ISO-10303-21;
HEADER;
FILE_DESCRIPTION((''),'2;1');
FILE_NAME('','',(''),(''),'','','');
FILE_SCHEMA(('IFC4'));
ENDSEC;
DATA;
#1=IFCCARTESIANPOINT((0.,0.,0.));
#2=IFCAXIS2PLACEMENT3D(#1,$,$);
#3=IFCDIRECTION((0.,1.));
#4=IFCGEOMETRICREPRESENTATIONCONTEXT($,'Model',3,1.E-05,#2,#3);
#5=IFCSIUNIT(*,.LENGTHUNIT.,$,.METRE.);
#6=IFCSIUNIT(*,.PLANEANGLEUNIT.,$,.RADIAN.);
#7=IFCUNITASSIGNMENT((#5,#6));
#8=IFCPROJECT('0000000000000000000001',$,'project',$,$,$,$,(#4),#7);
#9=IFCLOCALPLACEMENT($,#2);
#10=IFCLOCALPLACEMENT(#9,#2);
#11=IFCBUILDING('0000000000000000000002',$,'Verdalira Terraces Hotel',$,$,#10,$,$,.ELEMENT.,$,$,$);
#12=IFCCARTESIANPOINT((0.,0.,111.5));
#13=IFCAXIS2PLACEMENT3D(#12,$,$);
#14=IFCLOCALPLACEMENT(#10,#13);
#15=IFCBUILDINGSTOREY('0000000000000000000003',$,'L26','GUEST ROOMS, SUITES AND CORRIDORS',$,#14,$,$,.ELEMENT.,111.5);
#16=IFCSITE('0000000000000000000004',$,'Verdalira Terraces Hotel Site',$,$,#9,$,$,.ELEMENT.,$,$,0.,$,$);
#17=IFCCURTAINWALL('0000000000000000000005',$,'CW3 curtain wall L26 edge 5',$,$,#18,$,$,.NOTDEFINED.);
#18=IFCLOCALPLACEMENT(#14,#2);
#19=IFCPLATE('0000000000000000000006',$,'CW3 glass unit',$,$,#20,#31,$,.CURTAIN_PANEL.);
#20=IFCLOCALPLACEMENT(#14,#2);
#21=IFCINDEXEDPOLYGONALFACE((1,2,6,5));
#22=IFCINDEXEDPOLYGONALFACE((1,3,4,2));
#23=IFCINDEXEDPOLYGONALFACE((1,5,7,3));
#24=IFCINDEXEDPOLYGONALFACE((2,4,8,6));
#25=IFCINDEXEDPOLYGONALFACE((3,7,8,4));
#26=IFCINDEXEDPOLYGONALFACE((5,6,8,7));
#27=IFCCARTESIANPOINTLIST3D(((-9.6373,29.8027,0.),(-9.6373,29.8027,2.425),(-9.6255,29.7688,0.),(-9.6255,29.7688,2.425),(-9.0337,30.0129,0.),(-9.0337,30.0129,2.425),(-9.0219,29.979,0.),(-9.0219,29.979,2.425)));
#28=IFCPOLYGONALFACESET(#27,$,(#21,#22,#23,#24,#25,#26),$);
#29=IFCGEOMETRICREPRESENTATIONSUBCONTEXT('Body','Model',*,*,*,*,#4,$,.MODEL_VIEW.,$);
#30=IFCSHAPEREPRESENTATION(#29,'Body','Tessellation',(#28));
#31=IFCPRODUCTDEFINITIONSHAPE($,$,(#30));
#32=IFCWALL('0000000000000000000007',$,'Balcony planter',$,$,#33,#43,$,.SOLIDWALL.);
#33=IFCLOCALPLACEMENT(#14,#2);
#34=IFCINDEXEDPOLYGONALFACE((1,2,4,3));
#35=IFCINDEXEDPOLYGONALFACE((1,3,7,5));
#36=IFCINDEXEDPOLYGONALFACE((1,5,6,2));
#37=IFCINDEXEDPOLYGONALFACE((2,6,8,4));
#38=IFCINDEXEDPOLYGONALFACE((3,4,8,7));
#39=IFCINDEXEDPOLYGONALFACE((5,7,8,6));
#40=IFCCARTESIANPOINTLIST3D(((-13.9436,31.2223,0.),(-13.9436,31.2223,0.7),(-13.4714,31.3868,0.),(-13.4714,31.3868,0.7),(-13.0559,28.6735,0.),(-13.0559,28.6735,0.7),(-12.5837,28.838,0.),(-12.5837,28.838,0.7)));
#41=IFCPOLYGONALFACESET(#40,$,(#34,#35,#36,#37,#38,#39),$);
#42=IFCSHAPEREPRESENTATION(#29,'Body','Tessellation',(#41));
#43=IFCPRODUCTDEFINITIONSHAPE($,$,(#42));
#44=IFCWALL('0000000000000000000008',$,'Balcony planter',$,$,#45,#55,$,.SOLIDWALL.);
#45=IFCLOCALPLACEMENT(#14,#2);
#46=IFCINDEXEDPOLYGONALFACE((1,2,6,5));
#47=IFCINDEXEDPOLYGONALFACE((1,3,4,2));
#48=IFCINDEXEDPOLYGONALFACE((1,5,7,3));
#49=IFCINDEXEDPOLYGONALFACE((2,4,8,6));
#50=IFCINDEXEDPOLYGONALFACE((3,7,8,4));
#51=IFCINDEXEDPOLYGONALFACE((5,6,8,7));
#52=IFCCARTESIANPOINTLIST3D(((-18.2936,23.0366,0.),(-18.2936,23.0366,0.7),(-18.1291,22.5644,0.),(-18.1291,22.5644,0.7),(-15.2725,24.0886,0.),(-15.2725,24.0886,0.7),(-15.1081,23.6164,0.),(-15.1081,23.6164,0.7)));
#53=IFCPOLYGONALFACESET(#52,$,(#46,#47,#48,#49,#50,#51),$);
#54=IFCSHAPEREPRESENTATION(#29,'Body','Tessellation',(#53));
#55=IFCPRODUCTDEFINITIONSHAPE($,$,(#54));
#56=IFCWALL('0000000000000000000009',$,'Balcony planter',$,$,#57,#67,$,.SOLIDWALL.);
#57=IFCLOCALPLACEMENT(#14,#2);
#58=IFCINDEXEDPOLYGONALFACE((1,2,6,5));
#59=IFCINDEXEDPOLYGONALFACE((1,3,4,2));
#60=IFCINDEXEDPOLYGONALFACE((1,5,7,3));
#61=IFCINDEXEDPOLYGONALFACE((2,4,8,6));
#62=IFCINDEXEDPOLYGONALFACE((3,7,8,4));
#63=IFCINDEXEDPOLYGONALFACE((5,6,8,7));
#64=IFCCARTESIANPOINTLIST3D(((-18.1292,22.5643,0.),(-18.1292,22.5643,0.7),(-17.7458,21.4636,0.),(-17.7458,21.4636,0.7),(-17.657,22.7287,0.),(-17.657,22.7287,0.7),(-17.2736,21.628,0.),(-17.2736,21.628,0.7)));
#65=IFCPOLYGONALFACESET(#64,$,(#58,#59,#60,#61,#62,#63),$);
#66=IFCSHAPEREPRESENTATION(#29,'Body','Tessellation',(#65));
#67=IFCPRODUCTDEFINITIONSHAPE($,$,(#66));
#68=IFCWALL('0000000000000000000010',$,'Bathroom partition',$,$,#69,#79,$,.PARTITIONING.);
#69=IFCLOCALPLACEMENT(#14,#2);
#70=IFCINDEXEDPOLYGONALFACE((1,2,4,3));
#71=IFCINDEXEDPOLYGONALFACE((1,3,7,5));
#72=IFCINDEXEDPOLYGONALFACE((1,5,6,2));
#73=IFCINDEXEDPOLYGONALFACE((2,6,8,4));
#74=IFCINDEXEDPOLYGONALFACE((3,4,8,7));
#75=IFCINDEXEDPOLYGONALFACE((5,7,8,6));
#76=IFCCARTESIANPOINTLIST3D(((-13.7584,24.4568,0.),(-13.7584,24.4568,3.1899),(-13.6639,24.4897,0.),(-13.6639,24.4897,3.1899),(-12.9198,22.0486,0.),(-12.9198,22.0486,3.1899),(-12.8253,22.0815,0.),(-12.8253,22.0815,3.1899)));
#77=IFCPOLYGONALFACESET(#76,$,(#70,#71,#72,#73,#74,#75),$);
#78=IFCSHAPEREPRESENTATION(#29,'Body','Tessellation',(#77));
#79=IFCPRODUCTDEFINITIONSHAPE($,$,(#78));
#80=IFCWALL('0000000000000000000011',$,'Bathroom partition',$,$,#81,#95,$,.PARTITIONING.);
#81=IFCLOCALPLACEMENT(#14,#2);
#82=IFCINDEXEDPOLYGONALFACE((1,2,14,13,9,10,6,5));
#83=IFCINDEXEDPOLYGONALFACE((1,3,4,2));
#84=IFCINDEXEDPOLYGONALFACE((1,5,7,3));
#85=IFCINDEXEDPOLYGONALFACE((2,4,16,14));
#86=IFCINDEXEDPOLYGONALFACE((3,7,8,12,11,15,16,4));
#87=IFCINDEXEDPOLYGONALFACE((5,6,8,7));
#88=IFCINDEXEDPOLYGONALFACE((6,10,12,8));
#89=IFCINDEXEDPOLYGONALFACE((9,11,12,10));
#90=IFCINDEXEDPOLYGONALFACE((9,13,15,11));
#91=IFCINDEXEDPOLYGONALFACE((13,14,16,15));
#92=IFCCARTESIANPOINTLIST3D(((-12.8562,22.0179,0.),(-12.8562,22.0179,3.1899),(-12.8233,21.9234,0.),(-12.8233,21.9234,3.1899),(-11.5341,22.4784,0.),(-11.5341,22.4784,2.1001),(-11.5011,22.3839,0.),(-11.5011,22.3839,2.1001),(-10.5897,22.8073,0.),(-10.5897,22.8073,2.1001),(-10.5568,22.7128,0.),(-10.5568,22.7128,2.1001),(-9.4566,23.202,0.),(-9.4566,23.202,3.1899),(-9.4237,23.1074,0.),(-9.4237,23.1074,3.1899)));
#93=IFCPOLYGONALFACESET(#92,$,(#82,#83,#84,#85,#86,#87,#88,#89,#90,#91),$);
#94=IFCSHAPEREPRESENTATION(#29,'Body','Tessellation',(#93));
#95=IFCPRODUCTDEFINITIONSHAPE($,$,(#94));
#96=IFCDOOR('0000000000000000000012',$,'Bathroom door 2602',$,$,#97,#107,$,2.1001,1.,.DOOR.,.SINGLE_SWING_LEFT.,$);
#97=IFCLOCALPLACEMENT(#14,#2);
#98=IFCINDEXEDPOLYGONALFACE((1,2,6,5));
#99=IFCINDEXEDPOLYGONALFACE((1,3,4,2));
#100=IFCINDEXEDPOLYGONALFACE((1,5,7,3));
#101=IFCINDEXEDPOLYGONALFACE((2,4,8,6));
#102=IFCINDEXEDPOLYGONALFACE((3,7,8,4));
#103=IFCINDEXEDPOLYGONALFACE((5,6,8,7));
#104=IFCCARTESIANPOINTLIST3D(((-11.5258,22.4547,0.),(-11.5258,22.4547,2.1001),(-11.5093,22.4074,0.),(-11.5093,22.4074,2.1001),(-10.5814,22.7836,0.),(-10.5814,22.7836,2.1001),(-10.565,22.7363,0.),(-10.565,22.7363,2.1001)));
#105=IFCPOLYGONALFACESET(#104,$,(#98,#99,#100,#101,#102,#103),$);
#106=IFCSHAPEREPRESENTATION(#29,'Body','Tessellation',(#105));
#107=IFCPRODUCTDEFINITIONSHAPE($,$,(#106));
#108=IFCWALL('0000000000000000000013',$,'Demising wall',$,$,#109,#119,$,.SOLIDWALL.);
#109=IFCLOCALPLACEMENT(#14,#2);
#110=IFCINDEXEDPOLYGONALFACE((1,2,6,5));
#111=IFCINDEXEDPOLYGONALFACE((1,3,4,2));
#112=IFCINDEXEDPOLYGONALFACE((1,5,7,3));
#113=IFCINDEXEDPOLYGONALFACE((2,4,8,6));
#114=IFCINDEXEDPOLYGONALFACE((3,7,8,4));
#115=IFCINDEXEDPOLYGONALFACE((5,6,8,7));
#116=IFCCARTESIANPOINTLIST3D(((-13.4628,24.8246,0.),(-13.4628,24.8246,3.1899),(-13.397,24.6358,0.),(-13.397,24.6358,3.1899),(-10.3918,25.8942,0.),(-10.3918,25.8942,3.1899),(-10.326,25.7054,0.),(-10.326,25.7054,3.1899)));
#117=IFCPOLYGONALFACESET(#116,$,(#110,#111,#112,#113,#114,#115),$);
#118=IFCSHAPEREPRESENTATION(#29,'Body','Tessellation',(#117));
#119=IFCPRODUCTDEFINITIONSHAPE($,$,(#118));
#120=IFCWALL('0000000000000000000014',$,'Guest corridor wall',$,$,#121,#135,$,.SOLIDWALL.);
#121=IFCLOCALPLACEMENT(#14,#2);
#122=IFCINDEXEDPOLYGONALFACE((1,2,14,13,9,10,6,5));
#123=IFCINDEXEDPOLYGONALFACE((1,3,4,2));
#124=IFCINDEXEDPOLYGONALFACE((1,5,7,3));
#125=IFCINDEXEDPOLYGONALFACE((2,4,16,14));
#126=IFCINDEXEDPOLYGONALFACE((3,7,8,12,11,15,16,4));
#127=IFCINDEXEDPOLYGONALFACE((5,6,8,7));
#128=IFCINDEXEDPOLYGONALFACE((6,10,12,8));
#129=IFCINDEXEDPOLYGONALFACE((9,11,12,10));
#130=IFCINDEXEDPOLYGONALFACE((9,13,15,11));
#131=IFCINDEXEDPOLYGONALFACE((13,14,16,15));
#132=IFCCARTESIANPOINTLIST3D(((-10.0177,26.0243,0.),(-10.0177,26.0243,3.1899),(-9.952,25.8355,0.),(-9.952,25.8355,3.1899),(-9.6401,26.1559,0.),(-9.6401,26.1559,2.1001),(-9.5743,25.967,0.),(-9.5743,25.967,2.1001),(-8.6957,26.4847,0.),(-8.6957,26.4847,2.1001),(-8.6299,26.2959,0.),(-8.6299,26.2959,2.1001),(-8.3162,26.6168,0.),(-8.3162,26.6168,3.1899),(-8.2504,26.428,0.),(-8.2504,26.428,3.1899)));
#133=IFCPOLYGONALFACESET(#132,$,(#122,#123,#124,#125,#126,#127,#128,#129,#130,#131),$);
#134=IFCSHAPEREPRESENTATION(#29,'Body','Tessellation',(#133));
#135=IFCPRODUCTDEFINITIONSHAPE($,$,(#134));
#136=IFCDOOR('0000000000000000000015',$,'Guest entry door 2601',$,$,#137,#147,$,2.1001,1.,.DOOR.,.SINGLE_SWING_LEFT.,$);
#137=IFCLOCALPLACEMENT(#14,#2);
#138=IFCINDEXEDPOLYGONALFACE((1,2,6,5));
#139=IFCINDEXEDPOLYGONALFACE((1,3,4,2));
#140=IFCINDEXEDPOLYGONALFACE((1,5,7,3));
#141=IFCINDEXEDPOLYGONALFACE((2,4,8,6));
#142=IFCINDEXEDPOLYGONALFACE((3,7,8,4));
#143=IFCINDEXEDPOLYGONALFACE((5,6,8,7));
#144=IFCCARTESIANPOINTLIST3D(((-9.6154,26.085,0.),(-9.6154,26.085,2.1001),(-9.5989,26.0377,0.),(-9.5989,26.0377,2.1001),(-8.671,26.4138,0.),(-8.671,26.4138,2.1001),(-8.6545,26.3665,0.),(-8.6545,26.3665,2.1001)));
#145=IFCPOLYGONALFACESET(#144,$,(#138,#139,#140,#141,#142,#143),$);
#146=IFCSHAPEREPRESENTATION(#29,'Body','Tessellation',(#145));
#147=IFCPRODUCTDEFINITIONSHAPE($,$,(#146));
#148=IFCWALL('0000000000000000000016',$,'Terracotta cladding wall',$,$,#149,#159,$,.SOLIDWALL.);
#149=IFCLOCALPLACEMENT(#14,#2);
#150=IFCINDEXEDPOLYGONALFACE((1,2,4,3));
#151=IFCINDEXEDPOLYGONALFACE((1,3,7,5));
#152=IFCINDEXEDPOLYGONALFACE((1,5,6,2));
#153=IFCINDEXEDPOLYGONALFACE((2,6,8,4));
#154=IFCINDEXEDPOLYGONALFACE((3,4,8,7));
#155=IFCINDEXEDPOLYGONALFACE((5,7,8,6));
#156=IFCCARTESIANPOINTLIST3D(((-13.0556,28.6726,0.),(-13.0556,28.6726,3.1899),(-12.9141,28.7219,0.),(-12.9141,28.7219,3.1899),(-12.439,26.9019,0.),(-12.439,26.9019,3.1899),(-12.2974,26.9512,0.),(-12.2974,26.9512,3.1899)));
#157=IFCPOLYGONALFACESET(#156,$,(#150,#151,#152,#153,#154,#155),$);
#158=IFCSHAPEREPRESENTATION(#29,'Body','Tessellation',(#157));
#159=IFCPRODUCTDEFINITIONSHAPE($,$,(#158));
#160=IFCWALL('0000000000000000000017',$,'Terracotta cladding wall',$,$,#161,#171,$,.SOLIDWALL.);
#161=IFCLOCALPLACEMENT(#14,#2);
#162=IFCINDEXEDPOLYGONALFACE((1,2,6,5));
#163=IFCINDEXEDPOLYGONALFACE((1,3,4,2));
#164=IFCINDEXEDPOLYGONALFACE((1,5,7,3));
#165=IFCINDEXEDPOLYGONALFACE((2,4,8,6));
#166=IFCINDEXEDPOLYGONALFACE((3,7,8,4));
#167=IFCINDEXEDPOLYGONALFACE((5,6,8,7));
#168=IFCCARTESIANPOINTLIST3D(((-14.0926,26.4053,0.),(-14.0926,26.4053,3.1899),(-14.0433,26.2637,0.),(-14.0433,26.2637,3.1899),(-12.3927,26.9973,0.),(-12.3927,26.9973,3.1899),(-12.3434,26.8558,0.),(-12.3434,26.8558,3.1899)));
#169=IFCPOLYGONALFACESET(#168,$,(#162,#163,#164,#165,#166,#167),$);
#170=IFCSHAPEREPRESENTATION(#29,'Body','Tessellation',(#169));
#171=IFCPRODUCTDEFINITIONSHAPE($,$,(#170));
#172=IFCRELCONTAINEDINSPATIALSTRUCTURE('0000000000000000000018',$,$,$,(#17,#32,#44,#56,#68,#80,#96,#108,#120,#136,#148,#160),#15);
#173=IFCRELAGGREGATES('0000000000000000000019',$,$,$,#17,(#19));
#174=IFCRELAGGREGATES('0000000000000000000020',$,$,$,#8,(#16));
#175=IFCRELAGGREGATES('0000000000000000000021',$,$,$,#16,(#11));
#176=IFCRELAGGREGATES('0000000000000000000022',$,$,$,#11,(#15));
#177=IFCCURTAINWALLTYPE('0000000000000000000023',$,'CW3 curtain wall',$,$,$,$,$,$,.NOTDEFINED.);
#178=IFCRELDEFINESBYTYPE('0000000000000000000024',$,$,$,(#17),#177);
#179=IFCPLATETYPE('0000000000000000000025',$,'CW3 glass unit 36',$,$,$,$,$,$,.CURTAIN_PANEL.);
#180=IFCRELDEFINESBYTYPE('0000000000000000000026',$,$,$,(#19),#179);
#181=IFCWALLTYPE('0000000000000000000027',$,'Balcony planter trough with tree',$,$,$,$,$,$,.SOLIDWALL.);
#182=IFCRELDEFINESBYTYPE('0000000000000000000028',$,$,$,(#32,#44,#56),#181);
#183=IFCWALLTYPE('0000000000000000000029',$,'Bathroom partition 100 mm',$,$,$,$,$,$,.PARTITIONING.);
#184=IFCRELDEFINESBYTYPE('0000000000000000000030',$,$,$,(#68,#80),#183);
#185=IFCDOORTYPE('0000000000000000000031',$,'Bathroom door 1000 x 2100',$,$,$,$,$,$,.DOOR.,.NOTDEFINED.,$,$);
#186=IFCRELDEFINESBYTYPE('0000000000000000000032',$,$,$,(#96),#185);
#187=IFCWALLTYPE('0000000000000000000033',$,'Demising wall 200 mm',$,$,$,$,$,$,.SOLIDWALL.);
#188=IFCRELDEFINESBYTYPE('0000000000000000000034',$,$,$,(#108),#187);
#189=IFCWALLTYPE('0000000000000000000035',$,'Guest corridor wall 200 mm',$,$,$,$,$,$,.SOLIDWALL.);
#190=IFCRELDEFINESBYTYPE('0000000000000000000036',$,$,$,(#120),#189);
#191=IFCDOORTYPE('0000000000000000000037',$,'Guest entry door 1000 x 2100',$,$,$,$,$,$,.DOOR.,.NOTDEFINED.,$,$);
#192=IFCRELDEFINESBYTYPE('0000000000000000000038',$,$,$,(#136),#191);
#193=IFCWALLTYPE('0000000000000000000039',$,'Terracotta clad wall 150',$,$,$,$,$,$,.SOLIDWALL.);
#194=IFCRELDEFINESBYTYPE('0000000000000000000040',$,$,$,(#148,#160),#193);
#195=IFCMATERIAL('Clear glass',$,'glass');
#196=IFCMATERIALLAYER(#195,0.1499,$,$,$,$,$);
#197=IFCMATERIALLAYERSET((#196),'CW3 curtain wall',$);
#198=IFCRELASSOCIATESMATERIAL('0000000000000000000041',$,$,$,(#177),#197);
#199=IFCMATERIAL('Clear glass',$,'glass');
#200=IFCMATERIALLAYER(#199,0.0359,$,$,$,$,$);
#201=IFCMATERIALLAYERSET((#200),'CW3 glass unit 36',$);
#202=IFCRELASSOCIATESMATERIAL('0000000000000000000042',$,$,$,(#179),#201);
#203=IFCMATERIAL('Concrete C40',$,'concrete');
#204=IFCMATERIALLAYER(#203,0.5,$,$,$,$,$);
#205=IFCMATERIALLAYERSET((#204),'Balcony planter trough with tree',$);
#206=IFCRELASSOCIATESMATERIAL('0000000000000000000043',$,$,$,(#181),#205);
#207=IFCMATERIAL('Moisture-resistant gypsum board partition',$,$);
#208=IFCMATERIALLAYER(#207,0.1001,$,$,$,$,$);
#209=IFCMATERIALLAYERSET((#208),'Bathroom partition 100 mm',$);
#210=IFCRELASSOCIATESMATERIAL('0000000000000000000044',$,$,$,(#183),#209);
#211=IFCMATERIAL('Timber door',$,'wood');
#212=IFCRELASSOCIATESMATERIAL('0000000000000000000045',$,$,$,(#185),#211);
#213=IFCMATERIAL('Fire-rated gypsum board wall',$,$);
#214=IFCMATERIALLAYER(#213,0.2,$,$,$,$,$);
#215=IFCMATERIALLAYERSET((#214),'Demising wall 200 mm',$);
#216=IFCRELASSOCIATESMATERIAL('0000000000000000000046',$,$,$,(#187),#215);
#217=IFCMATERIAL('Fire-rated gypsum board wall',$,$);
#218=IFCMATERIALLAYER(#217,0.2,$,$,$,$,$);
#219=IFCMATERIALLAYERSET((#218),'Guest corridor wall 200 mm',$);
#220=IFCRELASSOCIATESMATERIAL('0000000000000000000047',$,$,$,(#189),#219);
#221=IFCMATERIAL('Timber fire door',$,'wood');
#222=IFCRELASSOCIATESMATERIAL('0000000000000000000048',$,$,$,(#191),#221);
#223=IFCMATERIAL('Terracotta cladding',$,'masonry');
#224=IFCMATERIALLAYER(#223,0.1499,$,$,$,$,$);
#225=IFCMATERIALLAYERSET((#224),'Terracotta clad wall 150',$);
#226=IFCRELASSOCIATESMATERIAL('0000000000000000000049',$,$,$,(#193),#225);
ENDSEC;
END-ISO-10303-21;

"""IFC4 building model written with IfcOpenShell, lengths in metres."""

from ifc_helpers import new_model, si_unit, direction, frame, frame_2d, origin, origin_2d, place, context, subcontext, project, spatial, rectangle, extrude, material, layer, layer_set, type_object, element, fill, aggregate, save


model = new_model("IFC4")

# Units and contexts
model_context = context("Model", 3, precision=1e-05, world=origin(), true_north=direction((0.0, 1.0)))
body_context = subcontext(model_context, "Body", "Model", "MODEL_VIEW")
ifc_project = project(units=[si_unit("LENGTHUNIT", "METRE"), si_unit("PLANEANGLEUNIT", "RADIAN")], contexts=[model_context])

# Site, building, storey
site_placement = place(None, origin())
site = spatial("IfcSite", under=ifc_project, at=site_placement, Name="Verdalira Terraces Hotel Site", CompositionType="ELEMENT", RefElevation=0.0)
building_placement = place(site_placement, origin())
building = spatial("IfcBuilding", under=site, at=building_placement, Name="Verdalira Terraces Hotel", CompositionType="ELEMENT")
storey_placement = place(building_placement, frame((0.0, 0.0, 111.5)))
storey = spatial("IfcBuildingStorey", under=building, at=storey_placement, Name="L26", Description="GUEST ROOMS, SUITES AND CORRIDORS", CompositionType="ELEMENT", Elevation=111.5)

# Curtain wall
ifc_material_1 = material(Name="Clear glass", Category="glass")
ifc_layer_1 = layer(ifc_material_1, 0.1499)
ifc_layer_set_1 = layer_set([ifc_layer_1], Name="CW3 curtain wall")
curtain_wall_type_1 = type_object("IfcCurtainWallType", Name="CW3 curtain wall", PredefinedType="NOTDEFINED", material=ifc_layer_set_1)
curtain_wall_1_placement = place(storey_placement, origin())
curtain_wall_1 = element("IfcCurtainWall", 1, at=curtain_wall_1_placement, inside=storey, type_object=curtain_wall_type_1, Name="CW3 curtain wall L26 edge 5", PredefinedType="NOTDEFINED")

# Plate
ifc_material_2 = material(Name="Clear glass", Category="glass")
ifc_layer_2 = layer(ifc_material_2, 0.0359)
ifc_layer_set_2 = layer_set([ifc_layer_2], Name="CW3 glass unit 36")
plate_type_1 = type_object("IfcPlateType", Name="CW3 glass unit 36", PredefinedType="CURTAIN_PANEL", material=ifc_layer_set_2)
plate_1_placement = place(storey_placement, frame((-9.3296, 29.8909, 0.0), z_axis=(0.0, 0.0, 1.0), x_axis=(-0.944376, -0.328867, 0.0)))
plate_1 = element("IfcPlate", 2, at=plate_1_placement, type_object=plate_type_1, Name="CW3 glass unit", PredefinedType="CURTAIN_PANEL", context=body_context, shape_type="SweptSolid", body=[
    extrude(rectangle(XDim=0.6392, YDim=0.0359, at=origin_2d()), origin(), (0.0, 0.0, 1.0), 2.425),
])
aggregate(curtain_wall_1, [plate_1])

# Walls
ifc_material_3 = material(Name="Concrete C40", Category="concrete")
ifc_layer_3 = layer(ifc_material_3, 0.5)
ifc_layer_set_3 = layer_set([ifc_layer_3], Name="Balcony planter trough with tree")
wall_type_1 = type_object("IfcWallType", Name="Balcony planter trough with tree", PredefinedType="SOLIDWALL", material=ifc_layer_set_3)
wall_1_placement = place(storey_placement, frame((-13.7075, 31.3047, 0.0), z_axis=(0.0, 0.0, 1.0), x_axis=(0.3289, -0.944365, 0.0)))
element("IfcWall", 3, at=wall_1_placement, inside=storey, type_object=wall_type_1, Name="Balcony planter", PredefinedType="SOLIDWALL", context=body_context, shape_type="SweptSolid", body=[
    extrude(rectangle(XDim=2.699, YDim=0.5, at=frame_2d((1.3496, 0.0))), origin(), (0.0, 0.0, 1.0), 0.7),
])
wall_2_placement = place(storey_placement, frame((-15.1902, 23.8525, 0.0), z_axis=(0.0, 0.0, 1.0), x_axis=(-0.944378, -0.328861, 0.0)))
element("IfcWall", 4, at=wall_2_placement, inside=storey, type_object=wall_type_1, Name="Balcony planter", PredefinedType="SOLIDWALL", context=body_context, shape_type="SweptSolid", body=[
    extrude(rectangle(XDim=3.199, YDim=0.5, at=frame_2d((1.5996, 0.0))), origin(), (0.0, 0.0, 1.0), 0.7),
])
wall_3_placement = place(storey_placement, frame((-17.8931, 22.6465, 0.0), z_axis=(0.0, 0.0, 1.0), x_axis=(0.328894, -0.944367, 0.0)))
element("IfcWall", 5, at=wall_3_placement, inside=storey, type_object=wall_type_1, Name="Balcony planter", PredefinedType="SOLIDWALL", context=body_context, shape_type="SweptSolid", body=[
    extrude(rectangle(XDim=1.1655, YDim=0.5, at=frame_2d((0.5828, 0.0))), origin(), (0.0, 0.0, 1.0), 0.7),
])
ifc_material_4 = material(Name="Moisture-resistant gypsum board partition")
ifc_layer_4 = layer(ifc_material_4, 0.1001)
ifc_layer_set_4 = layer_set([ifc_layer_4], Name="Bathroom partition 100 mm")
wall_type_2 = type_object("IfcWallType", Name="Bathroom partition 100 mm", PredefinedType="PARTITIONING", material=ifc_layer_set_4)
wall_4_placement = place(storey_placement, frame((-12.8726, 22.0652, 0.0), z_axis=(0.0, 0.0, 1.0), x_axis=(-0.328866, 0.944377, 0.0)))
element("IfcWall", 6, at=wall_4_placement, inside=storey, type_object=wall_type_2, Name="Bathroom partition", PredefinedType="PARTITIONING", context=body_context, shape_type="SweptSolid", body=[
    extrude(rectangle(XDim=2.55, YDim=0.1001, at=frame_2d((1.2749, 0.0))), origin(), (0.0, 0.0, 1.0), 3.1899),
])

# Wall, opening, door
wall_5_placement = place(storey_placement, frame((-12.8396, 21.9707, 0.0), z_axis=(0.0, 0.0, 1.0), x_axis=(0.944359, 0.328915, 0.0)))
wall_5 = element("IfcWall", 7, at=wall_5_placement, inside=storey, type_object=wall_type_2, Name="Bathroom partition", PredefinedType="PARTITIONING", context=body_context, shape_type="SweptSolid", body=[
    extrude(rectangle(XDim=3.5999, YDim=0.1001, at=frame_2d((1.7998, 0.0))), origin(), (0.0, 0.0, 1.0), 3.1899),
])
opening_1_placement = place(wall_5_placement, frame((1.3999, 0.0, 0.0)))
opening_1 = element("IfcOpeningElement", 8, at=opening_1_placement, cuts=wall_5, PredefinedType="OPENING", context=body_context, shape_type="SweptSolid", body=[
    extrude(rectangle(XDim=1.0, YDim=2.1001, at=frame_2d((0.5, 1.05))), frame((0.0, 0.0601, 0.0), z_axis=(0.0, -1.0, 0.0), x_axis=(1.0, 0.0, 0.0)), (0.0, 0.0, 1.0), 0.1201),
])
ifc_material_5 = material(Name="Timber door", Category="wood")
door_type_1 = type_object("IfcDoorType", Name="Bathroom door 1000 x 2100", OperationType="NOTDEFINED", PredefinedType="DOOR", material=ifc_material_5)
door_1_placement = place(opening_1_placement, origin())
door_1 = element("IfcDoor", 9, at=door_1_placement, inside=storey, type_object=door_type_1, Name="Bathroom door 2602", OperationType="SINGLE_SWING_LEFT", OverallHeight=2.1001, OverallWidth=1.0, PredefinedType="DOOR", context=body_context, shape_type="SweptSolid", body=[
    extrude(rectangle(XDim=1.0, YDim=2.1001, at=frame_2d((0.5, 1.05))), frame((0.0, 0.0249, 0.0), z_axis=(0.0, -1.0, 0.0), x_axis=(1.0, 0.0, 0.0)), (0.0, 0.0, 1.0), 0.05),
])
fill(opening_1, door_1)

# Wall
ifc_material_6 = material(Name="Fire-rated gypsum board wall")
ifc_layer_5 = layer(ifc_material_6, 0.2)
ifc_layer_set_5 = layer_set([ifc_layer_5], Name="Demising wall 200 mm")
wall_type_3 = type_object("IfcWallType", Name="Demising wall 200 mm", PredefinedType="SOLIDWALL", material=ifc_layer_set_5)
wall_6_placement = place(storey_placement, frame((-10.3589, 25.7998, 0.0), z_axis=(0.0, 0.0, 1.0), x_axis=(-0.944364, -0.328902, 0.0)))
element("IfcWall", 10, at=wall_6_placement, inside=storey, type_object=wall_type_3, Name="Demising wall", PredefinedType="SOLIDWALL", context=body_context, shape_type="SweptSolid", body=[
    extrude(rectangle(XDim=3.252, YDim=0.2, at=frame_2d((1.626, 0.0))), origin(), (0.0, 0.0, 1.0), 3.1899),
])

# Wall, opening, door
ifc_material_7 = material(Name="Fire-rated gypsum board wall")
ifc_layer_6 = layer(ifc_material_7, 0.2)
ifc_layer_set_6 = layer_set([ifc_layer_6], Name="Guest corridor wall 200 mm")
wall_type_4 = type_object("IfcWallType", Name="Guest corridor wall 200 mm", PredefinedType="SOLIDWALL", material=ifc_layer_set_6)
wall_7_placement = place(storey_placement, frame((-9.9849, 25.9299, 0.0), z_axis=(0.0, 0.0, 1.0), x_axis=(0.944385, 0.328841, 0.0)))
wall_7 = element("IfcWall", 11, at=wall_7_placement, inside=storey, type_object=wall_type_4, Name="Guest corridor wall", PredefinedType="SOLIDWALL", context=body_context, shape_type="SweptSolid", body=[
    extrude(rectangle(XDim=1.8018, YDim=0.2, at=frame_2d((0.9009, 0.0))), origin(), (0.0, 0.0, 1.0), 3.1899),
])
opening_2_placement = place(wall_7_placement, frame((0.3999, 0.0, 0.0)))
opening_2 = element("IfcOpeningElement", 12, at=opening_2_placement, cuts=wall_7, PredefinedType="OPENING", context=body_context, shape_type="SweptSolid", body=[
    extrude(rectangle(XDim=1.0, YDim=2.1001, at=frame_2d((0.5, 1.05))), frame((0.0, 0.1099, 0.0), z_axis=(0.0, -1.0, 0.0), x_axis=(1.0, 0.0, 0.0)), (0.0, 0.0, 1.0), 0.22),
])
ifc_material_8 = material(Name="Timber fire door", Category="wood")
door_type_2 = type_object("IfcDoorType", Name="Guest entry door 1000 x 2100", OperationType="NOTDEFINED", PredefinedType="DOOR", material=ifc_material_8)
door_2_placement = place(opening_2_placement, origin())
door_2 = element("IfcDoor", 13, at=door_2_placement, inside=storey, type_object=door_type_2, Name="Guest entry door 2601", OperationType="SINGLE_SWING_LEFT", OverallHeight=2.1001, OverallWidth=1.0, PredefinedType="DOOR", context=body_context, shape_type="SweptSolid", body=[
    extrude(rectangle(XDim=1.0, YDim=2.1001, at=frame_2d((0.5, 1.05))), frame((0.0, 0.0249, 0.0), z_axis=(0.0, -1.0, 0.0), x_axis=(1.0, 0.0, 0.0)), (0.0, 0.0, 1.0), 0.05),
])
fill(opening_2, door_2)

# Walls
ifc_material_9 = material(Name="Terracotta cladding", Category="masonry")
ifc_layer_7 = layer(ifc_material_9, 0.1499)
ifc_layer_set_7 = layer_set([ifc_layer_7], Name="Terracotta clad wall 150")
wall_type_5 = type_object("IfcWallType", Name="Terracotta clad wall 150", PredefinedType="SOLIDWALL", material=ifc_layer_set_7)
wall_8_placement = place(storey_placement, frame((-12.9849, 28.6973, 0.0), z_axis=(0.0, 0.0, 1.0), x_axis=(0.328894, -0.944367, 0.0)))
element("IfcWall", 14, at=wall_8_placement, inside=storey, type_object=wall_type_5, Name="Terracotta cladding wall", PredefinedType="SOLIDWALL", context=body_context, shape_type="SweptSolid", body=[
    extrude(rectangle(XDim=1.875, YDim=0.1499, at=frame_2d((0.9375, 0.0))), origin(), (0.0, 0.0, 1.0), 3.1899),
])
wall_9_placement = place(storey_placement, frame((-12.3682, 26.9265, 0.0), z_axis=(0.0, 0.0, 1.0), x_axis=(-0.944367, -0.328894, 0.0)))
element("IfcWall", 15, at=wall_9_placement, inside=storey, type_object=wall_type_5, Name="Terracotta cladding wall", PredefinedType="SOLIDWALL", context=body_context, shape_type="SweptSolid", body=[
    extrude(rectangle(XDim=1.8, YDim=0.1499, at=frame_2d((0.8999, 0.0))), origin(), (0.0, 0.0, 1.0), 3.1899),
])

save(model, "model.ifc")
